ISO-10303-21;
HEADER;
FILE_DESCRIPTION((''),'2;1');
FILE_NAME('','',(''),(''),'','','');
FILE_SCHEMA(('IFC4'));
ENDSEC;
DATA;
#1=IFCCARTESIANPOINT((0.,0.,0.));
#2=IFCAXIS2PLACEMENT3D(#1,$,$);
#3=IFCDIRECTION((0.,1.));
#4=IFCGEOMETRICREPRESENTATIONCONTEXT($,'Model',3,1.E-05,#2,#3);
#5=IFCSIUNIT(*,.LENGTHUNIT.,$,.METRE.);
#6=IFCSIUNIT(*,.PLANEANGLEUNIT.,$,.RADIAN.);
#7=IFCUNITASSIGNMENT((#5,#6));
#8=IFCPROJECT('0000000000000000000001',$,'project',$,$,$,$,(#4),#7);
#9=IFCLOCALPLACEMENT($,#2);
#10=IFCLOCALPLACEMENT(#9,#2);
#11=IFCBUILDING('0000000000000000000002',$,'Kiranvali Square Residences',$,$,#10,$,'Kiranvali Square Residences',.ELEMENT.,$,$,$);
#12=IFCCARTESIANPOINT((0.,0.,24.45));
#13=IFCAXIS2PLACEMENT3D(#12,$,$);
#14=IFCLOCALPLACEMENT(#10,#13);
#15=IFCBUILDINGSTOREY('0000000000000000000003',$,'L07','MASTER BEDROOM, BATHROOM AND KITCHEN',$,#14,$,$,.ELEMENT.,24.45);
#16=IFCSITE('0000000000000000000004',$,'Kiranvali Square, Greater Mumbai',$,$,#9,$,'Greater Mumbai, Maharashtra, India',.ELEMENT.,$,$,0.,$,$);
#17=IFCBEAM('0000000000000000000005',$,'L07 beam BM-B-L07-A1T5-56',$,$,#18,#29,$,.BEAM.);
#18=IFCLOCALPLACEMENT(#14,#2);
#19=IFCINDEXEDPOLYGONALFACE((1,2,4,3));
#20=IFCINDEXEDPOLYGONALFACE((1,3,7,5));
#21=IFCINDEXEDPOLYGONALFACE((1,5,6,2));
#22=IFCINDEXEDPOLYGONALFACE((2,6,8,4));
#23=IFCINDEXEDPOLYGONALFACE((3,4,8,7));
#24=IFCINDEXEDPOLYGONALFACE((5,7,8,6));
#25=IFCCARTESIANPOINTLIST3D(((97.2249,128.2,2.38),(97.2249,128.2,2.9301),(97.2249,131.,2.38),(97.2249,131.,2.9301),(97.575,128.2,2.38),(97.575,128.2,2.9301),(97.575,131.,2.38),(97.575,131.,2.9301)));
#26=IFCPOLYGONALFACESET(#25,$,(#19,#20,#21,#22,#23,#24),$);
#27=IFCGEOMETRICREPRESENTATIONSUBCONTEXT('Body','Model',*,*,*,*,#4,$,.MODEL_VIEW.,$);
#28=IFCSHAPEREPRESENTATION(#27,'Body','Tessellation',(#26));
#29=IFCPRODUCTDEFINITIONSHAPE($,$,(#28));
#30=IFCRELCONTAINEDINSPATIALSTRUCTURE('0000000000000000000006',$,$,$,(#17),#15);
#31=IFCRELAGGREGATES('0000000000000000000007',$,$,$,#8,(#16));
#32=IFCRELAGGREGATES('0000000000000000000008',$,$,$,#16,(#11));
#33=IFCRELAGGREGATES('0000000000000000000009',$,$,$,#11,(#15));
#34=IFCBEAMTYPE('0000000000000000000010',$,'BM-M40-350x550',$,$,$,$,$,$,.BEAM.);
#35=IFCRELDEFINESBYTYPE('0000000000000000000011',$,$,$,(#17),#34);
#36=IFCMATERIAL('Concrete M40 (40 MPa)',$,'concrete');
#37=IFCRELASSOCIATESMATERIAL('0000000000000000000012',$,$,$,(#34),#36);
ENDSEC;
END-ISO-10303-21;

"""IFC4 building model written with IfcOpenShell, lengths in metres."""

from ifc_helpers import new_model, si_unit, direction, frame, origin, origin_2d, place, context, subcontext, project, spatial, rectangle, extrude, material, material_profile, profile_set, type_object, element, save


model = new_model("IFC4")

# Units and contexts
model_context = context("Model", 3, precision=1e-05, world=origin(), true_north=direction((0.0, 1.0)))
body_context = subcontext(model_context, "Body", "Model", "MODEL_VIEW")
ifc_project = project(units=[si_unit("LENGTHUNIT", "METRE"), si_unit("PLANEANGLEUNIT", "RADIAN")], contexts=[model_context])

# Site, building, storey
site_placement = place(None, origin())
site = spatial("IfcSite", under=ifc_project, at=site_placement, Name="Kiranvali Square, Greater Mumbai", LongName="Greater Mumbai, Maharashtra, India", CompositionType="ELEMENT", RefElevation=0.0)
building_placement = place(site_placement, origin())
building = spatial("IfcBuilding", under=site, at=building_placement, Name="Kiranvali Square Residences", LongName="Kiranvali Square Residences", CompositionType="ELEMENT")
storey_placement = place(building_placement, frame((0.0, 0.0, 24.45)))
storey = spatial("IfcBuildingStorey", under=building, at=storey_placement, Name="L07", Description="MASTER BEDROOM, BATHROOM AND KITCHEN", CompositionType="ELEMENT", Elevation=24.45)

# Beam
ifc_material_1 = material(Name="Concrete M40 (40 MPa)", Category="concrete")
ifc_material_profile_1 = material_profile(ifc_material_1, rectangle(XDim=0.3501, YDim=0.55, at=origin_2d()), Name="RC 350x550")
ifc_profile_set_1 = profile_set([ifc_material_profile_1], Name="Concrete M40 (40 MPa)")
beam_type = type_object("IfcBeamType", Name="BM-M40-350x550", PredefinedType="BEAM", material=ifc_profile_set_1)
for number, where, z_axis, x_axis, name in (
    (1, (97.3999, 128.2, 2.655), (0.0, 1.0, 0.0), (-1.0, 0.0, 0.0), "L07 beam BM-B-L07-A1T5-56"),
):
    element("IfcBeam", number, at=place(storey_placement, frame(where, z_axis=z_axis, x_axis=x_axis)), inside=storey, type_object=beam_type, Name=name, PredefinedType="BEAM", context=body_context, shape_type="SweptSolid", body=[
        extrude(rectangle(XDim=0.3501, YDim=0.55, at=origin_2d()), origin(), (0.0, 0.0, 1.0), 2.8),
    ])

save(model, "model.ifc")
